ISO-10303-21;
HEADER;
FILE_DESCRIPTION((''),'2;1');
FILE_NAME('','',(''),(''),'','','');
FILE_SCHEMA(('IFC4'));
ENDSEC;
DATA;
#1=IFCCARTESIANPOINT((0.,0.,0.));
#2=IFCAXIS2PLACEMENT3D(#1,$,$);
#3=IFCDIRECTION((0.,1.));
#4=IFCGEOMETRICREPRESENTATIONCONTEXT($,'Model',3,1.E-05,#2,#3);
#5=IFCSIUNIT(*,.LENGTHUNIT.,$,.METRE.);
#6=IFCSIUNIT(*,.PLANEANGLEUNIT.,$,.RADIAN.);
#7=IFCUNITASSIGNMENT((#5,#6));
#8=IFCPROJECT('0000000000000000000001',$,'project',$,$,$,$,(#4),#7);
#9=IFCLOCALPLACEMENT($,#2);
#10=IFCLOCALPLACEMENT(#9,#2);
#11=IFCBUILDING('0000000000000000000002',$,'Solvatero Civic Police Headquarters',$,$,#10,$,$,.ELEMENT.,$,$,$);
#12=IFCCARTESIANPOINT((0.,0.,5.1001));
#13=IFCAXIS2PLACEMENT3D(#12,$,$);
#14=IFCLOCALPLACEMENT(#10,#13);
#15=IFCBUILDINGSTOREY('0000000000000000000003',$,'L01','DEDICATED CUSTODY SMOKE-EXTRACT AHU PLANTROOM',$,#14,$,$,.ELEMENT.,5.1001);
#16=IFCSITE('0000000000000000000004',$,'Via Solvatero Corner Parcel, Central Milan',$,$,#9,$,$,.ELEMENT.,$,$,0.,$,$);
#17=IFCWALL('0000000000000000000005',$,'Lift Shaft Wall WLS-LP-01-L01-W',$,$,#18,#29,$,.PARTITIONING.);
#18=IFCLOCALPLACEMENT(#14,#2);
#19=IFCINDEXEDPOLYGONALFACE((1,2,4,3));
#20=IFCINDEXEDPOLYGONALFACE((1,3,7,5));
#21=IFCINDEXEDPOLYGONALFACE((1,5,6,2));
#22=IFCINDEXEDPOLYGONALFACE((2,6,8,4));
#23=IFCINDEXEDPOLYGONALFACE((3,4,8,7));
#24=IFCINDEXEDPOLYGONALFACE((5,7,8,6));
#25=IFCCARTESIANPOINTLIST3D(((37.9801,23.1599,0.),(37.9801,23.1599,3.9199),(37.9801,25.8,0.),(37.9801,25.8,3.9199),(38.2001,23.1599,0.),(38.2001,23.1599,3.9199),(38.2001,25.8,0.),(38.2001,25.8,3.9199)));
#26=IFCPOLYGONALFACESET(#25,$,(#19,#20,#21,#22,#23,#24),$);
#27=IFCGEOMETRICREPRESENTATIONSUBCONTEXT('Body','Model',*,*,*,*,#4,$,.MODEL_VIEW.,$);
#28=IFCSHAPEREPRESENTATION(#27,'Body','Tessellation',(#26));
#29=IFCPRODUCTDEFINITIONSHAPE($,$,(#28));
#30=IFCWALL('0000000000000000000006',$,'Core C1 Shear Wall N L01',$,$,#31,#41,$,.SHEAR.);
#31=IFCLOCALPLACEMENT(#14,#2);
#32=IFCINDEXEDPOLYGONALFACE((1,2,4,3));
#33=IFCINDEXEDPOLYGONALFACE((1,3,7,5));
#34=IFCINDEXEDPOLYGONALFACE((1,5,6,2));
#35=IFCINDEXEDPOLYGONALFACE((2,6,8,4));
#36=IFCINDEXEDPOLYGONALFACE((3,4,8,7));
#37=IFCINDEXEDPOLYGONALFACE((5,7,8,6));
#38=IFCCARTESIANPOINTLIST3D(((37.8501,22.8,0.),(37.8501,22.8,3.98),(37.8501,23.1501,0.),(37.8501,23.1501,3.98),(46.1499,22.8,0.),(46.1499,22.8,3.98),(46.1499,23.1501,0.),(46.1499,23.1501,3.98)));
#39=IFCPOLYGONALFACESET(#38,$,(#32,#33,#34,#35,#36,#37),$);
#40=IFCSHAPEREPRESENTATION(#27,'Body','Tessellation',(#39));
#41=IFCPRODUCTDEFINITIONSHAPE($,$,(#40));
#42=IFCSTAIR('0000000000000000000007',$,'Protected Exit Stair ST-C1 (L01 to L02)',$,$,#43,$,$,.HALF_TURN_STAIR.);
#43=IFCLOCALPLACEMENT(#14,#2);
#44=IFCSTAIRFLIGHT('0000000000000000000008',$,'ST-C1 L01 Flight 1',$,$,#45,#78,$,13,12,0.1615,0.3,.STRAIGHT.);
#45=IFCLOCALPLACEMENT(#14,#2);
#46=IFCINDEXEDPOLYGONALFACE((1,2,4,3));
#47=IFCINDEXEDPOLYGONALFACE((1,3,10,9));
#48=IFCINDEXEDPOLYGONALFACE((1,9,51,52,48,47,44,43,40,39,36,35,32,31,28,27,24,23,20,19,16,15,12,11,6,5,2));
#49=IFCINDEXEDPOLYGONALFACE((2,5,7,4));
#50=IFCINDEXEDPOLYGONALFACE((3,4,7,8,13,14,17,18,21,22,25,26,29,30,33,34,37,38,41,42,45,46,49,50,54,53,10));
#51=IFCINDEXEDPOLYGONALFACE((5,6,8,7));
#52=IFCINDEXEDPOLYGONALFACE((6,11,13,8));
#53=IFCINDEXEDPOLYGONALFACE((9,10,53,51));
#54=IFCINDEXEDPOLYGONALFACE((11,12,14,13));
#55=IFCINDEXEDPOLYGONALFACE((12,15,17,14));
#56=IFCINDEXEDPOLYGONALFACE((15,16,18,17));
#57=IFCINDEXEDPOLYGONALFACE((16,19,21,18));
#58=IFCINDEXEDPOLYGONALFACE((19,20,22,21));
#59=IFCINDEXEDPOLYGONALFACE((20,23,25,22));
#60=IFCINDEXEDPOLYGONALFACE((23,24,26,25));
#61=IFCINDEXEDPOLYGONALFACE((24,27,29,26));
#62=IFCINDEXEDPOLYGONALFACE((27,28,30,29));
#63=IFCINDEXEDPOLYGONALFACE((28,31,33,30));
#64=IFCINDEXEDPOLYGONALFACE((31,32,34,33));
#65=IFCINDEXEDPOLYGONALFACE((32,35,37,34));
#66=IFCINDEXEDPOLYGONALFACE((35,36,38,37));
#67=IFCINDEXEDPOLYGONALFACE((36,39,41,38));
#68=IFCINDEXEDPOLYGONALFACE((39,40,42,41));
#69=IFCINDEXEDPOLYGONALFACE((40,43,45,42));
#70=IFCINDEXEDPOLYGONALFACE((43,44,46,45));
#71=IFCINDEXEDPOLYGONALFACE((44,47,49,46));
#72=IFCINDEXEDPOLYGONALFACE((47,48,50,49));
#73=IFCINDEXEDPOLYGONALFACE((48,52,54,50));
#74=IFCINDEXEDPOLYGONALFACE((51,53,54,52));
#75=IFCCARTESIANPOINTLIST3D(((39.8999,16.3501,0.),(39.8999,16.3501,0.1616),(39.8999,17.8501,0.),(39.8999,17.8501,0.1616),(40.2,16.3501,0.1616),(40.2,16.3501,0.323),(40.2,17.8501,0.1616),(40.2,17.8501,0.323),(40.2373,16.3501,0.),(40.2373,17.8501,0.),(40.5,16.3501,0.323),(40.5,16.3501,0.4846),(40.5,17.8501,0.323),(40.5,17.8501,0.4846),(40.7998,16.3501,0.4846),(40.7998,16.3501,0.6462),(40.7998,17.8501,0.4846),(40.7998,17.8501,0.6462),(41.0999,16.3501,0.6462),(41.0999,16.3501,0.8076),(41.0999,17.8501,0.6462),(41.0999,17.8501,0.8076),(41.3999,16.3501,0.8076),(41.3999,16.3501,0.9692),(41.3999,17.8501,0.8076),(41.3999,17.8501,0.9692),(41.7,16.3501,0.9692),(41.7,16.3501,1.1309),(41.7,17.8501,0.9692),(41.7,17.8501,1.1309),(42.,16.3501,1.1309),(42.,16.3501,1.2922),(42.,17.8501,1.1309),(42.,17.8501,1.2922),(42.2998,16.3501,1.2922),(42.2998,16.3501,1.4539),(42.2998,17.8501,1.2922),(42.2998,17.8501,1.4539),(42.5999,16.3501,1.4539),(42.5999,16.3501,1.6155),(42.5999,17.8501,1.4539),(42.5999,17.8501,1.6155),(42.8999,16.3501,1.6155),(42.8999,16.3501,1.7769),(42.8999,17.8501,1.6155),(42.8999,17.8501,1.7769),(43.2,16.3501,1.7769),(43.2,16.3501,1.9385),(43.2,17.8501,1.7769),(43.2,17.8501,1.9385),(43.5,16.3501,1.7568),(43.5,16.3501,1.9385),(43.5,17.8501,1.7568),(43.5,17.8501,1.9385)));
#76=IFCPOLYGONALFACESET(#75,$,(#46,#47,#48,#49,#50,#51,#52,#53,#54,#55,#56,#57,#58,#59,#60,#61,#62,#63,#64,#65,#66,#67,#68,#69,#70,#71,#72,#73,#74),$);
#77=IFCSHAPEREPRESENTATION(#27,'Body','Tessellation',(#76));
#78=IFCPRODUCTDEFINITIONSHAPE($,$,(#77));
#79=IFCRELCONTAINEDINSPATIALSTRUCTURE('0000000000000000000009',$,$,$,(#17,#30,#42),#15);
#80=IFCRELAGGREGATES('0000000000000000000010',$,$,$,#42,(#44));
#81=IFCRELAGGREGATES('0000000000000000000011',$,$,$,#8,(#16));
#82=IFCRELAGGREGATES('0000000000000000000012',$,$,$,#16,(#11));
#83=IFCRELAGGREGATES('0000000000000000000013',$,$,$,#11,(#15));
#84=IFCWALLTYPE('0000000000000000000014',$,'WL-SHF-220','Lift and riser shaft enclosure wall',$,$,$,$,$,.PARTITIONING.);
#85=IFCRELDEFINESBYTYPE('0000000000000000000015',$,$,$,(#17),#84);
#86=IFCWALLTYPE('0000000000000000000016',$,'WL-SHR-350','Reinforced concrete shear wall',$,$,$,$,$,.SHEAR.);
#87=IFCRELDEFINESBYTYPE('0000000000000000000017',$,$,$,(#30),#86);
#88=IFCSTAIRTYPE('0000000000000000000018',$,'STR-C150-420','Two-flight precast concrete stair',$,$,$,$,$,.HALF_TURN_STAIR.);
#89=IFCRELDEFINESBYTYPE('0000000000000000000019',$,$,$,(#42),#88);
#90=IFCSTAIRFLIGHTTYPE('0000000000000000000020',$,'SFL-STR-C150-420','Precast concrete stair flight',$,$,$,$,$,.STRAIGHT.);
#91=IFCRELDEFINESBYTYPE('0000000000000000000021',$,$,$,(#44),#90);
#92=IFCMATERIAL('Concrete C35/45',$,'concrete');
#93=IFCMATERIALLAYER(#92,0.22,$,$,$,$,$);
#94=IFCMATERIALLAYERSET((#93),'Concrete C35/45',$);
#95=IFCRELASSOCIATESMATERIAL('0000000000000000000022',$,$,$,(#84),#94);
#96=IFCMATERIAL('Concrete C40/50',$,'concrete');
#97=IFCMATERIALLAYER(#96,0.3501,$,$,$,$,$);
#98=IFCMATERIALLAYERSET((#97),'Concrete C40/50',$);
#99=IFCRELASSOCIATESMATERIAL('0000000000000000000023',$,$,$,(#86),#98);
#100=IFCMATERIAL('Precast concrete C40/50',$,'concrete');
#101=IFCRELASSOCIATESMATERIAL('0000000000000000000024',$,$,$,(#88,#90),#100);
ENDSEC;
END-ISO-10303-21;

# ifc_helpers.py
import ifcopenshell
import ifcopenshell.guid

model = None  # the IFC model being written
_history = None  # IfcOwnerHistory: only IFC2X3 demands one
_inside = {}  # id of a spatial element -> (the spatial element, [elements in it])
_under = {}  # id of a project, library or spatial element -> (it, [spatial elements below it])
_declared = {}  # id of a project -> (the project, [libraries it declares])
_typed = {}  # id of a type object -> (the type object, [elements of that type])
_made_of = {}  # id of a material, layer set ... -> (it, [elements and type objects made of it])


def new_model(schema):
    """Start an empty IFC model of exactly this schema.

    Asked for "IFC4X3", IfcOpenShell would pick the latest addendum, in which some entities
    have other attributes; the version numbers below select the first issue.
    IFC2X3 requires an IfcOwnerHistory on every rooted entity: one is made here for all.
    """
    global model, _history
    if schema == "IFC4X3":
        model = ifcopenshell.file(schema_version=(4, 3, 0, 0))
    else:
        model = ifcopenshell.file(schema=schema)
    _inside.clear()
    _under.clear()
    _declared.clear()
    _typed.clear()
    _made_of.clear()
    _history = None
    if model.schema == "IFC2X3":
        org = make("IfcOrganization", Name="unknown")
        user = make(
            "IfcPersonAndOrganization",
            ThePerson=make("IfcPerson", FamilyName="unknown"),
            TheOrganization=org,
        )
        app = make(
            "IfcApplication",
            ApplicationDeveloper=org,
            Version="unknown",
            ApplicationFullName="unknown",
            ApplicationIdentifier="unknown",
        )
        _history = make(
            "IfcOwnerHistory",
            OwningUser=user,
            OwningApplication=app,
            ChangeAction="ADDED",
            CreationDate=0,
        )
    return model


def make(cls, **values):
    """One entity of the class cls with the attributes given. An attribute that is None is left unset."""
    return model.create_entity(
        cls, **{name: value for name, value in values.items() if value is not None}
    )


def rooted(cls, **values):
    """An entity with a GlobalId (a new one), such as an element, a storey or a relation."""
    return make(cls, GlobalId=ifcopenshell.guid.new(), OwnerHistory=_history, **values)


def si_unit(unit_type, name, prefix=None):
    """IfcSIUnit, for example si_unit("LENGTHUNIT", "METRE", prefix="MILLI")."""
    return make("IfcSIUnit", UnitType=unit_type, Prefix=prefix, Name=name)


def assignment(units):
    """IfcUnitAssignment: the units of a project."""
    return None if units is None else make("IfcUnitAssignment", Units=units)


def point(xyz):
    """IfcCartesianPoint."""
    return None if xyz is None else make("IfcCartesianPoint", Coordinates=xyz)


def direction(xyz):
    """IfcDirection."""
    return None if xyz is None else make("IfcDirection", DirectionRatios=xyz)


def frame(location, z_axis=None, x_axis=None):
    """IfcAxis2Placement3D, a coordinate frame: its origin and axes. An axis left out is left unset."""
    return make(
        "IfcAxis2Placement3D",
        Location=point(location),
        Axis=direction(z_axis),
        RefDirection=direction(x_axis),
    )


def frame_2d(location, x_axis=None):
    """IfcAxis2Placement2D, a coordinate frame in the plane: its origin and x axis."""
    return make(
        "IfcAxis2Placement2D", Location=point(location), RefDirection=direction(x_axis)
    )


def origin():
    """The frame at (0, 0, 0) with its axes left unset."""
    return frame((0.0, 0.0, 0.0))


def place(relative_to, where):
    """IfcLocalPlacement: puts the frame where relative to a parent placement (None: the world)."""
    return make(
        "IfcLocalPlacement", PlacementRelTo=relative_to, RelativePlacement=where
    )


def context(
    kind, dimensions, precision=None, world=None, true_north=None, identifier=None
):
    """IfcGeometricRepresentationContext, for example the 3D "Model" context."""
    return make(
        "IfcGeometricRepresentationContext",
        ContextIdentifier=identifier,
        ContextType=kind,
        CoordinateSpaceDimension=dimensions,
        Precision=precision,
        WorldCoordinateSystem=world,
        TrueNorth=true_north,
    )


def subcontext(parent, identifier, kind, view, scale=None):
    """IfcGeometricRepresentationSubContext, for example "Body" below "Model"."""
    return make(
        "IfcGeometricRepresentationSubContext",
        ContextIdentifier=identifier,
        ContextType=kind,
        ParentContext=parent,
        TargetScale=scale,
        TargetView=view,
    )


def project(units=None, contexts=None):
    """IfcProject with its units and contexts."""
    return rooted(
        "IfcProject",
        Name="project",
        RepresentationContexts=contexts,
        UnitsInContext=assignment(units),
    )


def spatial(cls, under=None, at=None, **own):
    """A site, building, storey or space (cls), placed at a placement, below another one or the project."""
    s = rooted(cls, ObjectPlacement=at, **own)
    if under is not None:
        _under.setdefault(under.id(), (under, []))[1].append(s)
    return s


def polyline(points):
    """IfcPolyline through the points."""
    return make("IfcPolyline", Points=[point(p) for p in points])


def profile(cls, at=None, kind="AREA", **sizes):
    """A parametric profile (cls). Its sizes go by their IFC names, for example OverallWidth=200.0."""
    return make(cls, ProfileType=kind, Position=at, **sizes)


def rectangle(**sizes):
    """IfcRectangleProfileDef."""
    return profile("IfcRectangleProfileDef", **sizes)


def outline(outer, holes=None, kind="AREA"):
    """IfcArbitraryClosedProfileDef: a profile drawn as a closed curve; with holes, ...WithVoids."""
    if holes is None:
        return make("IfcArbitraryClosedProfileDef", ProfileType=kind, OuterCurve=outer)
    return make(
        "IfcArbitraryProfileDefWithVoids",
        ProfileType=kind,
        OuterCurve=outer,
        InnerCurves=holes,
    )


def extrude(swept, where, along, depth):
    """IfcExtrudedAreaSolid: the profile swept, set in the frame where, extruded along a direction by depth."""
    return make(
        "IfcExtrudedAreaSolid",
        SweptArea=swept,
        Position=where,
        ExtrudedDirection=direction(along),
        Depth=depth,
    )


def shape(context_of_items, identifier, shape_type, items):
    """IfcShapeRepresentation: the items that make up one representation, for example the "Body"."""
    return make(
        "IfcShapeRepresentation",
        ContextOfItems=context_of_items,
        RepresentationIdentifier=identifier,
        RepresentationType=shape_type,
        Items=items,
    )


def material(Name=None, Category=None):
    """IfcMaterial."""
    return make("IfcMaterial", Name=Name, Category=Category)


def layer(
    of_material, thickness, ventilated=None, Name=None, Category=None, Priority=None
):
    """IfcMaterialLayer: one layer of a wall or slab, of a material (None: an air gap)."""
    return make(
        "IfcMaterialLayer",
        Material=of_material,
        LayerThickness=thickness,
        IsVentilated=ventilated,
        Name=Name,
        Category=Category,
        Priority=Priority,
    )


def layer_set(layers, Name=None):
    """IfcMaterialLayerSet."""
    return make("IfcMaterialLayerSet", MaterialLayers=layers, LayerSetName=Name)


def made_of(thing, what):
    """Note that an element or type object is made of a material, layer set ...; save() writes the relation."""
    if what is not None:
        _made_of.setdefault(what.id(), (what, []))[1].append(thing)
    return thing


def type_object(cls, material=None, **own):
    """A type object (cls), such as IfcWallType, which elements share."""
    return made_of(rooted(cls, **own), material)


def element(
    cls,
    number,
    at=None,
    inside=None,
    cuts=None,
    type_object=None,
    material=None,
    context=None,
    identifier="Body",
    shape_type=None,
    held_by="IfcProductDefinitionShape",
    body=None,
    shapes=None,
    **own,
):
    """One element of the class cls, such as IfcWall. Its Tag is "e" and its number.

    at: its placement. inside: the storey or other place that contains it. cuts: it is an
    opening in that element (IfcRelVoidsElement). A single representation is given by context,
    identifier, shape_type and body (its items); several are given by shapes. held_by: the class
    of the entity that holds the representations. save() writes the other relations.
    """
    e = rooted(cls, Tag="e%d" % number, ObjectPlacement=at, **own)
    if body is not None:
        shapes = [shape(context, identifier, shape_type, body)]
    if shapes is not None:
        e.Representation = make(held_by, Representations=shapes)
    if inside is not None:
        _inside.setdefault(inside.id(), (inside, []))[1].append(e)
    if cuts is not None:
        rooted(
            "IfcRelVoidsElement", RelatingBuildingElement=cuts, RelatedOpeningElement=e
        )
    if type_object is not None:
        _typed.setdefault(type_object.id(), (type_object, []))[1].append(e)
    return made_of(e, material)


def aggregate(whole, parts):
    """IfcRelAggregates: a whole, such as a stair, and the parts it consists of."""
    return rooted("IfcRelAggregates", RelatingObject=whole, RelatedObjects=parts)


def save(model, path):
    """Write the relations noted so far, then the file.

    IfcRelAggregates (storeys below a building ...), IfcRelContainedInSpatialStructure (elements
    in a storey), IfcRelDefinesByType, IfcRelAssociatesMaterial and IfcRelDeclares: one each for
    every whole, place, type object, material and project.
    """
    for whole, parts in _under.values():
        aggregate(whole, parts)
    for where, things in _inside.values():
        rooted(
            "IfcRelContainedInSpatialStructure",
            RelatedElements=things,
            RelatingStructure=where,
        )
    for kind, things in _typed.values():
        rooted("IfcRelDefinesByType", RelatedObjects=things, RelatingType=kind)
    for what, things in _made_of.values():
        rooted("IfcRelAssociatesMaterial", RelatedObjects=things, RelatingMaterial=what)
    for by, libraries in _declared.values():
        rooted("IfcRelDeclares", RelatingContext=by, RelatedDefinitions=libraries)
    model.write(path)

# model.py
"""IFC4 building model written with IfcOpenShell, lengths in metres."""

from ifc_helpers import new_model, si_unit, direction, frame, frame_2d, origin, place, context, subcontext, project, spatial, polyline, rectangle, outline, extrude, material, layer, layer_set, type_object, element, aggregate, save


model = new_model("IFC4")

# Units and contexts
model_context = context("Model", 3, precision=1e-05, world=origin(), true_north=direction((0.0, 1.0)))
body_context = subcontext(model_context, "Body", "Model", "MODEL_VIEW")
ifc_project = project(units=[si_unit("LENGTHUNIT", "METRE"), si_unit("PLANEANGLEUNIT", "RADIAN")], contexts=[model_context])

# Site, building, storey
site_placement = place(None, origin())
site = spatial("IfcSite", under=ifc_project, at=site_placement, Name="Via Solvatero Corner Parcel, Central Milan", CompositionType="ELEMENT", RefElevation=0.0)
building_placement = place(site_placement, origin())
building = spatial("IfcBuilding", under=site, at=building_placement, Name="Solvatero Civic Police Headquarters", CompositionType="ELEMENT")
storey_placement = place(building_placement, frame((0.0, 0.0, 5.1001)))
storey = spatial("IfcBuildingStorey", under=building, at=storey_placement, Name="L01", Description="DEDICATED CUSTODY SMOKE-EXTRACT AHU PLANTROOM", CompositionType="ELEMENT", Elevation=5.1001)

# Walls
ifc_material_1 = material(Name="Concrete C35/45", Category="concrete")
ifc_layer_1 = layer(ifc_material_1, 0.22)
ifc_layer_set_1 = layer_set([ifc_layer_1], Name="Concrete C35/45")
wall_type_1 = type_object("IfcWallType", Name="WL-SHF-220", Description="Lift and riser shaft enclosure wall", PredefinedType="PARTITIONING", material=ifc_layer_set_1)
wall_1_placement = place(storey_placement, frame((38.0901, 23.1599, 0.0), z_axis=(0.0, 0.0, 1.0), x_axis=(0.0, 1.0, 0.0)))
element("IfcWall", 1, at=wall_1_placement, inside=storey, type_object=wall_type_1, Name="Lift Shaft Wall WLS-LP-01-L01-W", PredefinedType="PARTITIONING", context=body_context, shape_type="SweptSolid", body=[
    extrude(rectangle(XDim=2.6401, YDim=0.22, at=frame_2d((1.3201, 0.0))), origin(), (0.0, 0.0, 1.0), 3.9199),
])
ifc_material_2 = material(Name="Concrete C40/50", Category="concrete")
ifc_layer_2 = layer(ifc_material_2, 0.3501)
ifc_layer_set_2 = layer_set([ifc_layer_2], Name="Concrete C40/50")
wall_type_2 = type_object("IfcWallType", Name="WL-SHR-350", Description="Reinforced concrete shear wall", PredefinedType="SHEAR", material=ifc_layer_set_2)
wall_2_placement = place(storey_placement, frame((37.8501, 22.9751, 0.0), z_axis=(0.0, 0.0, 1.0), x_axis=(1.0, 0.0, 0.0)))
element("IfcWall", 2, at=wall_2_placement, inside=storey, type_object=wall_type_2, Name="Core C1 Shear Wall N L01", PredefinedType="SHEAR", context=body_context, shape_type="SweptSolid", body=[
    extrude(rectangle(XDim=8.2998, YDim=0.3501, at=frame_2d((4.1499, 0.0))), origin(), (0.0, 0.0, 1.0), 3.98),
])

# Stair, stair flight
ifc_material_3 = material(Name="Precast concrete C40/50", Category="concrete")
stair_type = type_object("IfcStairType", Name="STR-C150-420", Description="Two-flight precast concrete stair", PredefinedType="HALF_TURN_STAIR", material=ifc_material_3)
stair_placement = place(storey_placement, origin())
stair = element("IfcStair", 3, at=stair_placement, inside=storey, type_object=stair_type, Name="Protected Exit Stair ST-C1 (L01 to L02)", PredefinedType="HALF_TURN_STAIR")
stair_flight_type = type_object("IfcStairFlightType", Name="SFL-STR-C150-420", Description="Precast concrete stair flight", PredefinedType="STRAIGHT", material=ifc_material_3)
stair_flight_placement = place(storey_placement, frame((39.8999, 17.1001, 0.0), z_axis=(0.0, 0.0, 1.0), x_axis=(1.0, 0.0, 0.0)))
stair_flight = element("IfcStairFlight", 4, at=stair_flight_placement, type_object=stair_flight_type, Name="ST-C1 L01 Flight 1", NumberOfRisers=13, NumberOfTreads=12, PredefinedType="STRAIGHT", RiserHeight=0.1615, TreadLength=0.3, context=body_context, shape_type="SweptSolid", body=[
    extrude(outline(polyline([(0.0, 0.0), (0.0, 0.1616), (0.3, 0.1616), (0.3, 0.323), (0.6001, 0.323), (0.6001, 0.4846), (0.8999, 0.4846), (0.8999, 0.6462), (1.2, 0.6462), (1.2, 0.8076), (1.5, 0.8076), (1.5, 0.9692), (1.8, 0.9692), (1.8, 1.1309), (2.1001, 1.1309), (2.1001, 1.2922), (2.3999, 1.2922), (2.3999, 1.4539), (2.7, 1.4539), (2.7, 1.6155), (3.0, 1.6155), (3.0, 1.7769), (3.3, 1.7769), (3.3, 1.9385), (3.6001, 1.9385), (3.6001, 2.1001), (3.6001, 1.7568), (0.3374, 0.0), (0.0, 0.0)])), frame((0.0, 0.75, 0.0), z_axis=(0.0, -1.0, 0.0), x_axis=(1.0, 0.0, 0.0)), (0.0, 0.0, 1.0), 1.5),
])
aggregate(stair, [stair_flight])

save(model, "model.ifc")
